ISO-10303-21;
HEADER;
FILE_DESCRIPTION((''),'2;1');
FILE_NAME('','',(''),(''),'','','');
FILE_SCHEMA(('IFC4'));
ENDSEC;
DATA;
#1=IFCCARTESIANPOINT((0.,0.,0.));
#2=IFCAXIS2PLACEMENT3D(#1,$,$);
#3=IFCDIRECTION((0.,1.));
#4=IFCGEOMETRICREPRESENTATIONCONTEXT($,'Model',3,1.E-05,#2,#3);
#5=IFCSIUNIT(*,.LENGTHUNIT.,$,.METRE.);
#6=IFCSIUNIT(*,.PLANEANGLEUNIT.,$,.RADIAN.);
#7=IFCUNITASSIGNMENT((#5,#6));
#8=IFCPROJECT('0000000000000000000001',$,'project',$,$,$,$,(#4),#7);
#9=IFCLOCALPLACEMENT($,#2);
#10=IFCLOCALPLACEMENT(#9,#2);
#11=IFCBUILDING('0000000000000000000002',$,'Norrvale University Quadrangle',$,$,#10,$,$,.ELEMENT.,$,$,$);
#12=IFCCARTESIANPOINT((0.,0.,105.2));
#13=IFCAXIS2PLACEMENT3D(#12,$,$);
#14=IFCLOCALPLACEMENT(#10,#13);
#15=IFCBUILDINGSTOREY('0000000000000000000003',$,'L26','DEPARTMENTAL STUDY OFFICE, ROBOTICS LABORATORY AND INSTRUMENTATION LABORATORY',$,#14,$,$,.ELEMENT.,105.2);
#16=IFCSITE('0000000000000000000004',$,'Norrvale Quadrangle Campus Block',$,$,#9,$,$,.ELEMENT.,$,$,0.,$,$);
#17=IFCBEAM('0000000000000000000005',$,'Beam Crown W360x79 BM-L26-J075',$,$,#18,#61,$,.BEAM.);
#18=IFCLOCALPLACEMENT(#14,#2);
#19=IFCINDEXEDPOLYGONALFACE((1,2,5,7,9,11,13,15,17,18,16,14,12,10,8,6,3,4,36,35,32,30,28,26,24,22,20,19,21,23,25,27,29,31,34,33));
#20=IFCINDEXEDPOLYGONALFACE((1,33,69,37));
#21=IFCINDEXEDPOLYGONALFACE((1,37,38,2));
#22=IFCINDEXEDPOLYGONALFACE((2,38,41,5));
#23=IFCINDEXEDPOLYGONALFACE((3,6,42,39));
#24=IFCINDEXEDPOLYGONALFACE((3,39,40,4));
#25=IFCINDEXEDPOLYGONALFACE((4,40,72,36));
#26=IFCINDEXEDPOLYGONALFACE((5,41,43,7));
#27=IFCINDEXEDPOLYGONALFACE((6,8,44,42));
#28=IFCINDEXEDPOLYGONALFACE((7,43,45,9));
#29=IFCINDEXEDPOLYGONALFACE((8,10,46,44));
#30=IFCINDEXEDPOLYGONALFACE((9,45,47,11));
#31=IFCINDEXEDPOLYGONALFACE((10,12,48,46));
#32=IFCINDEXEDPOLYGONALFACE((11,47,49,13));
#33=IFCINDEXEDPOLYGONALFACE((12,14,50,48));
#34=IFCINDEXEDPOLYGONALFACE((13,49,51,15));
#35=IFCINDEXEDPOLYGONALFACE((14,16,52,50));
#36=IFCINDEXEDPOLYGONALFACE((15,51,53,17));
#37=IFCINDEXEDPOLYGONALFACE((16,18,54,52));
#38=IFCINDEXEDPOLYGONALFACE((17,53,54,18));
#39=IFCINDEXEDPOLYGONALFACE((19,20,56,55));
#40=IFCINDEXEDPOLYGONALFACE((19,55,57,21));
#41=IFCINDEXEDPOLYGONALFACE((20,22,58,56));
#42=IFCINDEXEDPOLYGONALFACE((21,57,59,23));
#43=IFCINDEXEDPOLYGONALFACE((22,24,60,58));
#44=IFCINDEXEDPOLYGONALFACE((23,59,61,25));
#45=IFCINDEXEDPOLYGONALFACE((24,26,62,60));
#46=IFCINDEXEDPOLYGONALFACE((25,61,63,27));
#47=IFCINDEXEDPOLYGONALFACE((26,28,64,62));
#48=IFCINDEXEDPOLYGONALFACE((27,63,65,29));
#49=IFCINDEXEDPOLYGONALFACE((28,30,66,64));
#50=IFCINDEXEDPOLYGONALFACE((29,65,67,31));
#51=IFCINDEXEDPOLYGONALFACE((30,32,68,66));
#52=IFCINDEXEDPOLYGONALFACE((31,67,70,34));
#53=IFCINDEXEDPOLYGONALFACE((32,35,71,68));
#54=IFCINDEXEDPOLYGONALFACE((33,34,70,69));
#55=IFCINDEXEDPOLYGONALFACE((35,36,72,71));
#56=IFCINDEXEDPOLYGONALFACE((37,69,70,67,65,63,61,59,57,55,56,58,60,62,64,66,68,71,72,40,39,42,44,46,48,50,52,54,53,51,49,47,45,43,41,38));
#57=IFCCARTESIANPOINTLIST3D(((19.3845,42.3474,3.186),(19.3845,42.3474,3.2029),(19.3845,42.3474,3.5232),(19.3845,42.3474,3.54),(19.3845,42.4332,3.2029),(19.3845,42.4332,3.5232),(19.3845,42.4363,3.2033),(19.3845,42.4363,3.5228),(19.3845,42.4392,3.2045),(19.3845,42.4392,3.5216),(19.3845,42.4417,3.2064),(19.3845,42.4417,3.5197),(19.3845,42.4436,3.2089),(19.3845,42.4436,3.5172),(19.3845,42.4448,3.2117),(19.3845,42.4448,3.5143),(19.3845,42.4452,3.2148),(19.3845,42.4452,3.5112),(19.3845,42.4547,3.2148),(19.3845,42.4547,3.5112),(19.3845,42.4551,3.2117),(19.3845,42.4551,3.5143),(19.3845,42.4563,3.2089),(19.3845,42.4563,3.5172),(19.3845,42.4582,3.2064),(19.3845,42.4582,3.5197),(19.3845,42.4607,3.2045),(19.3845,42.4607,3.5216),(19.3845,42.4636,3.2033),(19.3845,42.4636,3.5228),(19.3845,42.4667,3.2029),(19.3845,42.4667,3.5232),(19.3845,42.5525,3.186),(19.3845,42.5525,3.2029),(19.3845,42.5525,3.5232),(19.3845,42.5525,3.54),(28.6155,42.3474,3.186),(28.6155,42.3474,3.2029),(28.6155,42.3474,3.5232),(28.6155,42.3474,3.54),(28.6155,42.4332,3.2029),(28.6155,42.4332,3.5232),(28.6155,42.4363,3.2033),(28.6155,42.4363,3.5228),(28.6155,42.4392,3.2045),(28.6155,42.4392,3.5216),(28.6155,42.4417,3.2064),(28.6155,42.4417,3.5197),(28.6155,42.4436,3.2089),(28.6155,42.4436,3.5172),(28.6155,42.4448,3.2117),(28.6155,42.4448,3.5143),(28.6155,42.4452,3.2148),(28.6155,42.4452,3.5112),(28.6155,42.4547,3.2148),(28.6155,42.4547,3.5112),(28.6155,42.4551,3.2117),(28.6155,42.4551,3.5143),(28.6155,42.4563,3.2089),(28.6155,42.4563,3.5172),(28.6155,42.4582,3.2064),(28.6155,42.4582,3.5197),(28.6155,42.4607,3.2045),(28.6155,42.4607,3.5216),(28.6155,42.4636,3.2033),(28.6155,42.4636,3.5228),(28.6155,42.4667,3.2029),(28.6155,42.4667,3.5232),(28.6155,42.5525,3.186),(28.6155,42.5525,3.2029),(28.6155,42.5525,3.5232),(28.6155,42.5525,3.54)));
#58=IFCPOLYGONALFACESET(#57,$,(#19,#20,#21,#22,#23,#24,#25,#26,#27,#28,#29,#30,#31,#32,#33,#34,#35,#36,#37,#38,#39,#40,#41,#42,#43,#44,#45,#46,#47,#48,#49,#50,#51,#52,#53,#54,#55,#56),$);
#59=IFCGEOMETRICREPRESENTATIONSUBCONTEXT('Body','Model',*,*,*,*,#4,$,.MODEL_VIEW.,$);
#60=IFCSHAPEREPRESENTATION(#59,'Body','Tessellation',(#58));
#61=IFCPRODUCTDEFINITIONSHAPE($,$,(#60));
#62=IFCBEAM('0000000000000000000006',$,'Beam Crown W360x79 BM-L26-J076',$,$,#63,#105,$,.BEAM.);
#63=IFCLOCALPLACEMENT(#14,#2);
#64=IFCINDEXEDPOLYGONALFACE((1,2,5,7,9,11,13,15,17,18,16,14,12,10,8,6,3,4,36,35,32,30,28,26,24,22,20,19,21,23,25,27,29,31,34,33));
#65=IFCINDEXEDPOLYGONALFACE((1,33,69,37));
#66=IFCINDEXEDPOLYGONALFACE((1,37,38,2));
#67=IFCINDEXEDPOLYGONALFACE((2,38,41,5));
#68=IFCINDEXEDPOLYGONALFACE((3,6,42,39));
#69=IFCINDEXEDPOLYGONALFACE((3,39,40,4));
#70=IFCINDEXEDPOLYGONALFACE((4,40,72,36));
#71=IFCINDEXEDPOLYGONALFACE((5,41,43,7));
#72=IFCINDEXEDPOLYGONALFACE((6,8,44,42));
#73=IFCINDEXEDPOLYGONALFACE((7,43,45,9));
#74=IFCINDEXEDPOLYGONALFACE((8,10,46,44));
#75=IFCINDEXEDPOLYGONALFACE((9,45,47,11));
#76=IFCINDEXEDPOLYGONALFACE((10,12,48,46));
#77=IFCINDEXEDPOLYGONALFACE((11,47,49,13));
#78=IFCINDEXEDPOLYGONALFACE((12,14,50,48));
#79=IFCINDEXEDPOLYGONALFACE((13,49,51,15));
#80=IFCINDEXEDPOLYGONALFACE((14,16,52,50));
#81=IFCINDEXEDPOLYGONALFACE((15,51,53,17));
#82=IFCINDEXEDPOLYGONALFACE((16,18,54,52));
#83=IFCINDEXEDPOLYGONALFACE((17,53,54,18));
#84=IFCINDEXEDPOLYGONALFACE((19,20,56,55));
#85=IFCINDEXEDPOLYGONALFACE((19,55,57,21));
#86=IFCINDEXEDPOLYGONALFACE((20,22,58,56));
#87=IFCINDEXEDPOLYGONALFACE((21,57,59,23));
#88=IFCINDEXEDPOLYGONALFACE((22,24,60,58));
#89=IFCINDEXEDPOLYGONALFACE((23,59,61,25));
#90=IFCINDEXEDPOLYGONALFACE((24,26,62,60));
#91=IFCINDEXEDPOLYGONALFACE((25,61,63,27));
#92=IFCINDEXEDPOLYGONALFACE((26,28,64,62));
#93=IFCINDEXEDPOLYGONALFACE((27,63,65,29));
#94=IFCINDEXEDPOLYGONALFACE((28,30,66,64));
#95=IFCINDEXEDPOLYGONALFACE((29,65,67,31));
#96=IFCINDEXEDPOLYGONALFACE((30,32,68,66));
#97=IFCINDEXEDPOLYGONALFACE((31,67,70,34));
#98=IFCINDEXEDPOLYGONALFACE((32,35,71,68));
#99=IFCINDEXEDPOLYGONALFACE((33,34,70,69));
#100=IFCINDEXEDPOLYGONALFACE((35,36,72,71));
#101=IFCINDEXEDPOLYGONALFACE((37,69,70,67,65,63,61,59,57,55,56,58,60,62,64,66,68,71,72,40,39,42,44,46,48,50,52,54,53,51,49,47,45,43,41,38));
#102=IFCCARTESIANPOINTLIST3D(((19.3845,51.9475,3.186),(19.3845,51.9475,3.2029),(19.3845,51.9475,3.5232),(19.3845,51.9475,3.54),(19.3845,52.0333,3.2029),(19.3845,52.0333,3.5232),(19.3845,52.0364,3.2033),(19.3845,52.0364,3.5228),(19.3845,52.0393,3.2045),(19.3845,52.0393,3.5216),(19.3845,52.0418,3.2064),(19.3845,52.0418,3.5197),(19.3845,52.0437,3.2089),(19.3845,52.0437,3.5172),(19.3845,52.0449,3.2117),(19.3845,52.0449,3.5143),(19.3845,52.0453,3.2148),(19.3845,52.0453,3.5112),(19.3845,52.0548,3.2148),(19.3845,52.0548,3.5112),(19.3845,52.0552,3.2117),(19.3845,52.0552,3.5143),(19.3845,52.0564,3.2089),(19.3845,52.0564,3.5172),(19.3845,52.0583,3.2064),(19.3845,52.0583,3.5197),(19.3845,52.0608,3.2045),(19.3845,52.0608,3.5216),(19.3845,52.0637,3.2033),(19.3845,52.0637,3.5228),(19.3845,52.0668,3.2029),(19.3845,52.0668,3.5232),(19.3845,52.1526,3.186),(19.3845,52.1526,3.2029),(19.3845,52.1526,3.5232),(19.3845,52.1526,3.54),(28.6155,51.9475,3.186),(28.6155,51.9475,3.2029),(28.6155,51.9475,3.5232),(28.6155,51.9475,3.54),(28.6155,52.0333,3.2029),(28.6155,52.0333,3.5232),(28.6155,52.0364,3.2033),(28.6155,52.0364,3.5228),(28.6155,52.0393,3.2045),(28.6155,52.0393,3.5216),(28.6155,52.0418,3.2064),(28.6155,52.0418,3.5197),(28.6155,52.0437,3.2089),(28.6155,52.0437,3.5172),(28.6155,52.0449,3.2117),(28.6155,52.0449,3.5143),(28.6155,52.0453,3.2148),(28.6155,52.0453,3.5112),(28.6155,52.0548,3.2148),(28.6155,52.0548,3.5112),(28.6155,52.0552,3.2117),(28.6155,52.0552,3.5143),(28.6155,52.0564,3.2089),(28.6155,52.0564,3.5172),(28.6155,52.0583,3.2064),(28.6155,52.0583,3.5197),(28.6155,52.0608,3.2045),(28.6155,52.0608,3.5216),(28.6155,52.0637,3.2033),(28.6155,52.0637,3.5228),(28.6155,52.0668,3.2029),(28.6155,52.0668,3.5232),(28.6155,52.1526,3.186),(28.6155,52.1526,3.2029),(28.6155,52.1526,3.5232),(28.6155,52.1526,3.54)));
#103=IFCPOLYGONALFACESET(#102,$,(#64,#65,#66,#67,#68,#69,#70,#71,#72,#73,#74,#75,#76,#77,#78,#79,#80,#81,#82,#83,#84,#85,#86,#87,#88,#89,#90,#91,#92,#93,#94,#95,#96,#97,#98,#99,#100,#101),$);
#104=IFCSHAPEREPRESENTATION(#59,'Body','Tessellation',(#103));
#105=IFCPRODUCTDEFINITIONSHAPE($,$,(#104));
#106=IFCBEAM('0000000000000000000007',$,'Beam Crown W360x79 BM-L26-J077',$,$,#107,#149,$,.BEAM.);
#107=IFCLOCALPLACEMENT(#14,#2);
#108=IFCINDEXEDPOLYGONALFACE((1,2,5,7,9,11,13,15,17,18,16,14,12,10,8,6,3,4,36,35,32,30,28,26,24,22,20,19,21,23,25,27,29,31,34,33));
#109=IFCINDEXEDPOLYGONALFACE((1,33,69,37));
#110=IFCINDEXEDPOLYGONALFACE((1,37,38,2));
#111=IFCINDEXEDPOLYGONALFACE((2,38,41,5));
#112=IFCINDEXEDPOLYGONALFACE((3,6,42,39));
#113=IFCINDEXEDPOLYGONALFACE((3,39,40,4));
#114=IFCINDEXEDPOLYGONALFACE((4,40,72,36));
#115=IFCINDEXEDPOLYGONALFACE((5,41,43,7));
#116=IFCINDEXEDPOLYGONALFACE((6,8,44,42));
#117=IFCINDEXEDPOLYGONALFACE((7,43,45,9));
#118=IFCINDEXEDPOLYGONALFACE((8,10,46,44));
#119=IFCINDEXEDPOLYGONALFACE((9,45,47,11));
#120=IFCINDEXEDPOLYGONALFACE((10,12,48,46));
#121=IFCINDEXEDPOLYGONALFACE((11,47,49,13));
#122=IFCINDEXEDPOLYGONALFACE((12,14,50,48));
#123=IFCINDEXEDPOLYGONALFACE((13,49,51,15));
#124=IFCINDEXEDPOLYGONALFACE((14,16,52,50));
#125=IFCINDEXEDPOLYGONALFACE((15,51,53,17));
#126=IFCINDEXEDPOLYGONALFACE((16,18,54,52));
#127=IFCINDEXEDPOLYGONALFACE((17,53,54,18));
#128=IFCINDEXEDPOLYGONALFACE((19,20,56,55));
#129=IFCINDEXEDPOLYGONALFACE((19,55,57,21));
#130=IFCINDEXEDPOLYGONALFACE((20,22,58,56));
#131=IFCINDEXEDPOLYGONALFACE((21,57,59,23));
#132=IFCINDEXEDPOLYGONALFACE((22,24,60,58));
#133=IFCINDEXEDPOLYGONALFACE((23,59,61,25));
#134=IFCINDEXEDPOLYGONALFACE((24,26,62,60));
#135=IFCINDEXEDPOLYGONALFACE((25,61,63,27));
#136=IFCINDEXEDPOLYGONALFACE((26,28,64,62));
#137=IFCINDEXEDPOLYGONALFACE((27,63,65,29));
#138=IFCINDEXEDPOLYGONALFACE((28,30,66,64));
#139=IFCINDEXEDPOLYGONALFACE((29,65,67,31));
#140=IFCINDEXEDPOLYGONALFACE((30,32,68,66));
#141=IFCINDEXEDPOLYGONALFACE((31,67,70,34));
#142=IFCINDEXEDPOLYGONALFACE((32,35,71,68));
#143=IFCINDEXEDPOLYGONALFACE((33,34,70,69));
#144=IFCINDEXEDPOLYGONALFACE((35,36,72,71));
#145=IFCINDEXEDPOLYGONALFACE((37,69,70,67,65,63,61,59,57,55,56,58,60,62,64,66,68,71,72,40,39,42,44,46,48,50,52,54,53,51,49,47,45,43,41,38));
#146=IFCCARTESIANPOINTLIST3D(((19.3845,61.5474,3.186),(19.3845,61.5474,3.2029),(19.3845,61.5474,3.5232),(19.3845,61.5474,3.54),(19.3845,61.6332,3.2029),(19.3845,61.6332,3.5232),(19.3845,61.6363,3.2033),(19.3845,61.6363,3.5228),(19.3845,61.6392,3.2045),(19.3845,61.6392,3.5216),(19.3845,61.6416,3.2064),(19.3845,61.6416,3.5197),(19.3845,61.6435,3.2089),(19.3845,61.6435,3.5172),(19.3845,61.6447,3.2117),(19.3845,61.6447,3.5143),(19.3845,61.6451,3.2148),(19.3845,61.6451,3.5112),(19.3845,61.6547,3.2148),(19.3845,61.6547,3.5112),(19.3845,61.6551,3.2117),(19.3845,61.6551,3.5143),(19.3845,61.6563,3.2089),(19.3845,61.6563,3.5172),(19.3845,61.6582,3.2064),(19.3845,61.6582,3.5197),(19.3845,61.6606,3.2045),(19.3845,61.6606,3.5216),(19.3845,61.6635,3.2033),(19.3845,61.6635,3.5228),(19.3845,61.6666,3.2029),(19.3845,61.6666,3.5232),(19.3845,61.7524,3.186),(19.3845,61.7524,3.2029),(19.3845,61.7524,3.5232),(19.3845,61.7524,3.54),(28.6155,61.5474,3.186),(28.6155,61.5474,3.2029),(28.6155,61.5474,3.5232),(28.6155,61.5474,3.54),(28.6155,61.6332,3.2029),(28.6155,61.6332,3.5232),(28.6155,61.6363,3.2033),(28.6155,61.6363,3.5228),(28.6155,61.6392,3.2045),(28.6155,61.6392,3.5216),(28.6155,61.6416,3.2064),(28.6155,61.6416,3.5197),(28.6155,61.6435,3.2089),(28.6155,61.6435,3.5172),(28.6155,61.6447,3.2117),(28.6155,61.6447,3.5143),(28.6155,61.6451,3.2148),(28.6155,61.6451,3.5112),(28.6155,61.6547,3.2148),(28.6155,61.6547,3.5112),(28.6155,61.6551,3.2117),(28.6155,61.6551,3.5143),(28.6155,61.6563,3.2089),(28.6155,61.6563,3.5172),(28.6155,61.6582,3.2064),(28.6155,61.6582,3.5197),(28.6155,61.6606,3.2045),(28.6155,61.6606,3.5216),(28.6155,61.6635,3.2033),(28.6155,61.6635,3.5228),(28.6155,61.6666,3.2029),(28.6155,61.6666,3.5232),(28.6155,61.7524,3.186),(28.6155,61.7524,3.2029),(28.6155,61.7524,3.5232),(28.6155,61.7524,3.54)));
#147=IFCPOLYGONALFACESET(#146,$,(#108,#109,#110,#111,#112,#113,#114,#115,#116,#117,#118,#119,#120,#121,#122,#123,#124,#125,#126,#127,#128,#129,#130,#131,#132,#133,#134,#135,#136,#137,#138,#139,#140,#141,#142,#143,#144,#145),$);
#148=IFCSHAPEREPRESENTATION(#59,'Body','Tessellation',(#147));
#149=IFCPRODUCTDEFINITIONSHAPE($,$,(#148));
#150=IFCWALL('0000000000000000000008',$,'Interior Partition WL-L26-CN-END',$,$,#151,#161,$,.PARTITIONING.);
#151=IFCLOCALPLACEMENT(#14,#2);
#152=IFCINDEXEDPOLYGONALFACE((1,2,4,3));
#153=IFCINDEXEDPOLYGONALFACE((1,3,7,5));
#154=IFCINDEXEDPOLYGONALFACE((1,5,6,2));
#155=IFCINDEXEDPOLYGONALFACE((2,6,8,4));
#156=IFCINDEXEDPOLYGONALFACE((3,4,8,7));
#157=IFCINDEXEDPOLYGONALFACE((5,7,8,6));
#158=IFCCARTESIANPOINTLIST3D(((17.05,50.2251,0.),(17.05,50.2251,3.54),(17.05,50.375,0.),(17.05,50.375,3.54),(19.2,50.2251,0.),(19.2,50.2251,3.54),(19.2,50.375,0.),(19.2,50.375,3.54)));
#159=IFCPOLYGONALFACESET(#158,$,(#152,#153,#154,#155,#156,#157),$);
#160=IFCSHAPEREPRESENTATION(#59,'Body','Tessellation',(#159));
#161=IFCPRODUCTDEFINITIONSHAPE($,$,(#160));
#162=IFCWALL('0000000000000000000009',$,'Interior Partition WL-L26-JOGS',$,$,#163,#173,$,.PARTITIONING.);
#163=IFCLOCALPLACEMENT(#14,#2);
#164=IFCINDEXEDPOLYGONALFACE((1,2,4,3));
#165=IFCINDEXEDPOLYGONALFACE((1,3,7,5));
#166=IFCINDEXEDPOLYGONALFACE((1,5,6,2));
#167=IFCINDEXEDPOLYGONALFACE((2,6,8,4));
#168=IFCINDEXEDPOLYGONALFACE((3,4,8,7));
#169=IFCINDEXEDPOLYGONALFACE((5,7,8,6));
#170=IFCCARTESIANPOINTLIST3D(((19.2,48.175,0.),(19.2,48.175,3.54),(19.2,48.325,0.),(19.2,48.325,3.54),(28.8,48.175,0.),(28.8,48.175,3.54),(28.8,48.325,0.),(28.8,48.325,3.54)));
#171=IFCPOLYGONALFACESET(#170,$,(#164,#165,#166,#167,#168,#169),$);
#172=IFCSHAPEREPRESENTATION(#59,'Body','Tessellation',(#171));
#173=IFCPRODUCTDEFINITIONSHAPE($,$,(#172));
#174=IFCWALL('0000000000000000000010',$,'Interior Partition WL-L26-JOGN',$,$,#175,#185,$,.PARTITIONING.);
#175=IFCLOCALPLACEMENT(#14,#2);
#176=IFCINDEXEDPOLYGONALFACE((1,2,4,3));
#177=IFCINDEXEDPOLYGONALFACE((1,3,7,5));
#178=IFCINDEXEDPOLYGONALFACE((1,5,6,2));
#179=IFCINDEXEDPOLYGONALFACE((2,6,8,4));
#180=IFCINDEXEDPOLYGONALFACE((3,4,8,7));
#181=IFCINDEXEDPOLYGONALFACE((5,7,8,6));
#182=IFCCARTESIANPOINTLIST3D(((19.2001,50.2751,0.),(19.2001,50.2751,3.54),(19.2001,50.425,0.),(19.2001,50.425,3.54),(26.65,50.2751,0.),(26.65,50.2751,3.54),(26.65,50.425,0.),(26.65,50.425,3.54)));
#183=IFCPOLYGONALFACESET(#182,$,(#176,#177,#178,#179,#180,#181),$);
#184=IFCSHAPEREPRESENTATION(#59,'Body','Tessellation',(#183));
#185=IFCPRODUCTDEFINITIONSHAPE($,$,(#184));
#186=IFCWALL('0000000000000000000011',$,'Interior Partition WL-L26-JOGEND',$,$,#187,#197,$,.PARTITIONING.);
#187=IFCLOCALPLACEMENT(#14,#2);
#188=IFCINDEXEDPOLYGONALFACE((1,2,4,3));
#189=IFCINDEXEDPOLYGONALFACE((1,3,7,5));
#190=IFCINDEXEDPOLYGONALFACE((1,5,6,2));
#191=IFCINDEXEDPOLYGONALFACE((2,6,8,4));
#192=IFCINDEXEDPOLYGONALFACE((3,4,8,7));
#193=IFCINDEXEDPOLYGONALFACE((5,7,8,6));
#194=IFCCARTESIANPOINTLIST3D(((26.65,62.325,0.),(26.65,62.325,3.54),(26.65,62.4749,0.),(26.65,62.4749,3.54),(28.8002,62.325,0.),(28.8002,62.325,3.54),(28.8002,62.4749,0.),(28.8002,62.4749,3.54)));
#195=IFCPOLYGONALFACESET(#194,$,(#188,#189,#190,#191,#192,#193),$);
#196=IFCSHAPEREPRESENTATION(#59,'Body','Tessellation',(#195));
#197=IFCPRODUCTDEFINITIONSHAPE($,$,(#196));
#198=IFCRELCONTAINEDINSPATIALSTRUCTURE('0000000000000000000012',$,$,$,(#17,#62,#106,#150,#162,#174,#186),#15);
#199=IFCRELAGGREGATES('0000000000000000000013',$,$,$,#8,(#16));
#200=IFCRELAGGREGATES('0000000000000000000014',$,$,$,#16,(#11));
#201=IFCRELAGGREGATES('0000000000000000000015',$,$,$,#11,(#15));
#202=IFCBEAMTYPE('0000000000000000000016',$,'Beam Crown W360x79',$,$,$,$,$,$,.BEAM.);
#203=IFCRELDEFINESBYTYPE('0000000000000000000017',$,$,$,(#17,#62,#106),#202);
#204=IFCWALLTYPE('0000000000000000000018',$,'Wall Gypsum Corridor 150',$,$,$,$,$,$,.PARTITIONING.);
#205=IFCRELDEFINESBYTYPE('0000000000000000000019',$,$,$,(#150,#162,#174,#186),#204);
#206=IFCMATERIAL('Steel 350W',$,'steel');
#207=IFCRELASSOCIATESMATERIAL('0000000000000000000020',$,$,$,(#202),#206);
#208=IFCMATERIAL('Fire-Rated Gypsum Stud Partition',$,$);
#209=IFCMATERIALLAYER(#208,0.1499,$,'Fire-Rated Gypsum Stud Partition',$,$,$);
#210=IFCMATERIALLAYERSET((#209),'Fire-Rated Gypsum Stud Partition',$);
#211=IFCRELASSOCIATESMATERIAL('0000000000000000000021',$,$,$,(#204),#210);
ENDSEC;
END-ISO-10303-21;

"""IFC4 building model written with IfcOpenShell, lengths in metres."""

from ifc_helpers import new_model, si_unit, direction, frame, frame_2d, origin, origin_2d, place, context, subcontext, project, spatial, rectangle, i_section, extrude, material, layer, layer_set, material_profile, profile_set, type_object, element, save


model = new_model("IFC4")

# Units and contexts
model_context = context("Model", 3, precision=1e-05, world=origin(), true_north=direction((0.0, 1.0)))
body_context = subcontext(model_context, "Body", "Model", "MODEL_VIEW")
ifc_project = project(units=[si_unit("LENGTHUNIT", "METRE"), si_unit("PLANEANGLEUNIT", "RADIAN")], contexts=[model_context])

# Site, building, storey
site_placement = place(None, origin())
site = spatial("IfcSite", under=ifc_project, at=site_placement, Name="Norrvale Quadrangle Campus Block", CompositionType="ELEMENT", RefElevation=0.0)
building_placement = place(site_placement, origin())
building = spatial("IfcBuilding", under=site, at=building_placement, Name="Norrvale University Quadrangle", CompositionType="ELEMENT")
storey_placement = place(building_placement, frame((0.0, 0.0, 105.2)))
storey = spatial("IfcBuildingStorey", under=building, at=storey_placement, Name="L26", Description="DEPARTMENTAL STUDY OFFICE, ROBOTICS LABORATORY AND INSTRUMENTATION LABORATORY", CompositionType="ELEMENT", Elevation=105.2)

# Beams
ifc_material_1 = material(Name="Steel 350W", Category="steel")
ifc_material_profile_1 = material_profile(ifc_material_1, i_section(OverallWidth=0.2051, OverallDepth=0.354, WebThickness=0.0095, FlangeThickness=0.0168, FilletRadius=0.012, at=origin_2d()), Name="Steel 350W")
ifc_profile_set_1 = profile_set([ifc_material_profile_1], Name="Steel 350W")
beam_type_1 = type_object("IfcBeamType", Name="Beam Crown W360x79", PredefinedType="BEAM", material=ifc_profile_set_1)
for number, where, z_axis, x_axis, name in (
    (1, (19.3845, 42.45, 3.363), (1.0, 0.0, 0.0), (0.0, 1.0, 0.0), "Beam Crown W360x79 BM-L26-J075"),
    (2, (19.3845, 52.05, 3.363), (1.0, 0.0, 0.0), (0.0, 1.0, 0.0), "Beam Crown W360x79 BM-L26-J076"),
    (3, (19.3845, 61.6499, 3.363), (1.0, 0.0, 0.0), (0.0, 1.0, 0.0), "Beam Crown W360x79 BM-L26-J077"),
):
    element("IfcBeam", number, at=place(storey_placement, frame(where, z_axis=z_axis, x_axis=x_axis)), inside=storey, type_object=beam_type_1, Name=name, PredefinedType="BEAM", context=body_context, shape_type="SweptSolid", body=[
        extrude(i_section(OverallWidth=0.2051, OverallDepth=0.354, WebThickness=0.0095, FlangeThickness=0.0168, FilletRadius=0.012, at=origin_2d()), origin(), (0.0, 0.0, 1.0), 9.231),
    ])

# Walls
ifc_material_2 = material(Name="Fire-Rated Gypsum Stud Partition")
ifc_layer_1 = layer(ifc_material_2, 0.1499, Name="Fire-Rated Gypsum Stud Partition")
ifc_layer_set_1 = layer_set([ifc_layer_1], Name="Fire-Rated Gypsum Stud Partition")
wall_type_1 = type_object("IfcWallType", Name="Wall Gypsum Corridor 150", PredefinedType="PARTITIONING", material=ifc_layer_set_1)
wall_1_placement = place(storey_placement, frame((17.05, 50.3, 0.0), z_axis=(0.0, 0.0, 1.0), x_axis=(1.0, 0.0, 0.0)))
element("IfcWall", 4, at=wall_1_placement, inside=storey, type_object=wall_type_1, Name="Interior Partition WL-L26-CN-END", PredefinedType="PARTITIONING", context=body_context, shape_type="SweptSolid", body=[
    extrude(rectangle(XDim=2.1499, YDim=0.1499, at=frame_2d((1.075, 0.0))), origin(), (0.0, 0.0, 1.0), 3.54),
])
wall_2_placement = place(storey_placement, frame((19.2, 48.25, 0.0), z_axis=(0.0, 0.0, 1.0), x_axis=(1.0, 0.0, 0.0)))
element("IfcWall", 5, at=wall_2_placement, inside=storey, type_object=wall_type_1, Name="Interior Partition WL-L26-JOGS", PredefinedType="PARTITIONING", context=body_context, shape_type="SweptSolid", body=[
    extrude(rectangle(XDim=9.6001, YDim=0.1499, at=frame_2d((4.8, 0.0))), origin(), (0.0, 0.0, 1.0), 3.54),
])
wall_3_placement = place(storey_placement, frame((19.2, 50.3501, 0.0), z_axis=(0.0, 0.0, 1.0), x_axis=(1.0, 0.0, 0.0)))
element("IfcWall", 6, at=wall_3_placement, inside=storey, type_object=wall_type_1, Name="Interior Partition WL-L26-JOGN", PredefinedType="PARTITIONING", context=body_context, shape_type="SweptSolid", body=[
    extrude(rectangle(XDim=7.45, YDim=0.1499, at=frame_2d((3.7251, 0.0))), origin(), (0.0, 0.0, 1.0), 3.54),
])
wall_4_placement = place(storey_placement, frame((26.6499, 62.3999, 0.0), z_axis=(0.0, 0.0, 1.0), x_axis=(1.0, 0.0, 0.0)))
element("IfcWall", 7, at=wall_4_placement, inside=storey, type_object=wall_type_1, Name="Interior Partition WL-L26-JOGEND", PredefinedType="PARTITIONING", context=body_context, shape_type="SweptSolid", body=[
    extrude(rectangle(XDim=2.1501, YDim=0.1499, at=frame_2d((1.0752, 0.0))), origin(), (0.0, 0.0, 1.0), 3.54),
])

save(model, "model.ifc")
